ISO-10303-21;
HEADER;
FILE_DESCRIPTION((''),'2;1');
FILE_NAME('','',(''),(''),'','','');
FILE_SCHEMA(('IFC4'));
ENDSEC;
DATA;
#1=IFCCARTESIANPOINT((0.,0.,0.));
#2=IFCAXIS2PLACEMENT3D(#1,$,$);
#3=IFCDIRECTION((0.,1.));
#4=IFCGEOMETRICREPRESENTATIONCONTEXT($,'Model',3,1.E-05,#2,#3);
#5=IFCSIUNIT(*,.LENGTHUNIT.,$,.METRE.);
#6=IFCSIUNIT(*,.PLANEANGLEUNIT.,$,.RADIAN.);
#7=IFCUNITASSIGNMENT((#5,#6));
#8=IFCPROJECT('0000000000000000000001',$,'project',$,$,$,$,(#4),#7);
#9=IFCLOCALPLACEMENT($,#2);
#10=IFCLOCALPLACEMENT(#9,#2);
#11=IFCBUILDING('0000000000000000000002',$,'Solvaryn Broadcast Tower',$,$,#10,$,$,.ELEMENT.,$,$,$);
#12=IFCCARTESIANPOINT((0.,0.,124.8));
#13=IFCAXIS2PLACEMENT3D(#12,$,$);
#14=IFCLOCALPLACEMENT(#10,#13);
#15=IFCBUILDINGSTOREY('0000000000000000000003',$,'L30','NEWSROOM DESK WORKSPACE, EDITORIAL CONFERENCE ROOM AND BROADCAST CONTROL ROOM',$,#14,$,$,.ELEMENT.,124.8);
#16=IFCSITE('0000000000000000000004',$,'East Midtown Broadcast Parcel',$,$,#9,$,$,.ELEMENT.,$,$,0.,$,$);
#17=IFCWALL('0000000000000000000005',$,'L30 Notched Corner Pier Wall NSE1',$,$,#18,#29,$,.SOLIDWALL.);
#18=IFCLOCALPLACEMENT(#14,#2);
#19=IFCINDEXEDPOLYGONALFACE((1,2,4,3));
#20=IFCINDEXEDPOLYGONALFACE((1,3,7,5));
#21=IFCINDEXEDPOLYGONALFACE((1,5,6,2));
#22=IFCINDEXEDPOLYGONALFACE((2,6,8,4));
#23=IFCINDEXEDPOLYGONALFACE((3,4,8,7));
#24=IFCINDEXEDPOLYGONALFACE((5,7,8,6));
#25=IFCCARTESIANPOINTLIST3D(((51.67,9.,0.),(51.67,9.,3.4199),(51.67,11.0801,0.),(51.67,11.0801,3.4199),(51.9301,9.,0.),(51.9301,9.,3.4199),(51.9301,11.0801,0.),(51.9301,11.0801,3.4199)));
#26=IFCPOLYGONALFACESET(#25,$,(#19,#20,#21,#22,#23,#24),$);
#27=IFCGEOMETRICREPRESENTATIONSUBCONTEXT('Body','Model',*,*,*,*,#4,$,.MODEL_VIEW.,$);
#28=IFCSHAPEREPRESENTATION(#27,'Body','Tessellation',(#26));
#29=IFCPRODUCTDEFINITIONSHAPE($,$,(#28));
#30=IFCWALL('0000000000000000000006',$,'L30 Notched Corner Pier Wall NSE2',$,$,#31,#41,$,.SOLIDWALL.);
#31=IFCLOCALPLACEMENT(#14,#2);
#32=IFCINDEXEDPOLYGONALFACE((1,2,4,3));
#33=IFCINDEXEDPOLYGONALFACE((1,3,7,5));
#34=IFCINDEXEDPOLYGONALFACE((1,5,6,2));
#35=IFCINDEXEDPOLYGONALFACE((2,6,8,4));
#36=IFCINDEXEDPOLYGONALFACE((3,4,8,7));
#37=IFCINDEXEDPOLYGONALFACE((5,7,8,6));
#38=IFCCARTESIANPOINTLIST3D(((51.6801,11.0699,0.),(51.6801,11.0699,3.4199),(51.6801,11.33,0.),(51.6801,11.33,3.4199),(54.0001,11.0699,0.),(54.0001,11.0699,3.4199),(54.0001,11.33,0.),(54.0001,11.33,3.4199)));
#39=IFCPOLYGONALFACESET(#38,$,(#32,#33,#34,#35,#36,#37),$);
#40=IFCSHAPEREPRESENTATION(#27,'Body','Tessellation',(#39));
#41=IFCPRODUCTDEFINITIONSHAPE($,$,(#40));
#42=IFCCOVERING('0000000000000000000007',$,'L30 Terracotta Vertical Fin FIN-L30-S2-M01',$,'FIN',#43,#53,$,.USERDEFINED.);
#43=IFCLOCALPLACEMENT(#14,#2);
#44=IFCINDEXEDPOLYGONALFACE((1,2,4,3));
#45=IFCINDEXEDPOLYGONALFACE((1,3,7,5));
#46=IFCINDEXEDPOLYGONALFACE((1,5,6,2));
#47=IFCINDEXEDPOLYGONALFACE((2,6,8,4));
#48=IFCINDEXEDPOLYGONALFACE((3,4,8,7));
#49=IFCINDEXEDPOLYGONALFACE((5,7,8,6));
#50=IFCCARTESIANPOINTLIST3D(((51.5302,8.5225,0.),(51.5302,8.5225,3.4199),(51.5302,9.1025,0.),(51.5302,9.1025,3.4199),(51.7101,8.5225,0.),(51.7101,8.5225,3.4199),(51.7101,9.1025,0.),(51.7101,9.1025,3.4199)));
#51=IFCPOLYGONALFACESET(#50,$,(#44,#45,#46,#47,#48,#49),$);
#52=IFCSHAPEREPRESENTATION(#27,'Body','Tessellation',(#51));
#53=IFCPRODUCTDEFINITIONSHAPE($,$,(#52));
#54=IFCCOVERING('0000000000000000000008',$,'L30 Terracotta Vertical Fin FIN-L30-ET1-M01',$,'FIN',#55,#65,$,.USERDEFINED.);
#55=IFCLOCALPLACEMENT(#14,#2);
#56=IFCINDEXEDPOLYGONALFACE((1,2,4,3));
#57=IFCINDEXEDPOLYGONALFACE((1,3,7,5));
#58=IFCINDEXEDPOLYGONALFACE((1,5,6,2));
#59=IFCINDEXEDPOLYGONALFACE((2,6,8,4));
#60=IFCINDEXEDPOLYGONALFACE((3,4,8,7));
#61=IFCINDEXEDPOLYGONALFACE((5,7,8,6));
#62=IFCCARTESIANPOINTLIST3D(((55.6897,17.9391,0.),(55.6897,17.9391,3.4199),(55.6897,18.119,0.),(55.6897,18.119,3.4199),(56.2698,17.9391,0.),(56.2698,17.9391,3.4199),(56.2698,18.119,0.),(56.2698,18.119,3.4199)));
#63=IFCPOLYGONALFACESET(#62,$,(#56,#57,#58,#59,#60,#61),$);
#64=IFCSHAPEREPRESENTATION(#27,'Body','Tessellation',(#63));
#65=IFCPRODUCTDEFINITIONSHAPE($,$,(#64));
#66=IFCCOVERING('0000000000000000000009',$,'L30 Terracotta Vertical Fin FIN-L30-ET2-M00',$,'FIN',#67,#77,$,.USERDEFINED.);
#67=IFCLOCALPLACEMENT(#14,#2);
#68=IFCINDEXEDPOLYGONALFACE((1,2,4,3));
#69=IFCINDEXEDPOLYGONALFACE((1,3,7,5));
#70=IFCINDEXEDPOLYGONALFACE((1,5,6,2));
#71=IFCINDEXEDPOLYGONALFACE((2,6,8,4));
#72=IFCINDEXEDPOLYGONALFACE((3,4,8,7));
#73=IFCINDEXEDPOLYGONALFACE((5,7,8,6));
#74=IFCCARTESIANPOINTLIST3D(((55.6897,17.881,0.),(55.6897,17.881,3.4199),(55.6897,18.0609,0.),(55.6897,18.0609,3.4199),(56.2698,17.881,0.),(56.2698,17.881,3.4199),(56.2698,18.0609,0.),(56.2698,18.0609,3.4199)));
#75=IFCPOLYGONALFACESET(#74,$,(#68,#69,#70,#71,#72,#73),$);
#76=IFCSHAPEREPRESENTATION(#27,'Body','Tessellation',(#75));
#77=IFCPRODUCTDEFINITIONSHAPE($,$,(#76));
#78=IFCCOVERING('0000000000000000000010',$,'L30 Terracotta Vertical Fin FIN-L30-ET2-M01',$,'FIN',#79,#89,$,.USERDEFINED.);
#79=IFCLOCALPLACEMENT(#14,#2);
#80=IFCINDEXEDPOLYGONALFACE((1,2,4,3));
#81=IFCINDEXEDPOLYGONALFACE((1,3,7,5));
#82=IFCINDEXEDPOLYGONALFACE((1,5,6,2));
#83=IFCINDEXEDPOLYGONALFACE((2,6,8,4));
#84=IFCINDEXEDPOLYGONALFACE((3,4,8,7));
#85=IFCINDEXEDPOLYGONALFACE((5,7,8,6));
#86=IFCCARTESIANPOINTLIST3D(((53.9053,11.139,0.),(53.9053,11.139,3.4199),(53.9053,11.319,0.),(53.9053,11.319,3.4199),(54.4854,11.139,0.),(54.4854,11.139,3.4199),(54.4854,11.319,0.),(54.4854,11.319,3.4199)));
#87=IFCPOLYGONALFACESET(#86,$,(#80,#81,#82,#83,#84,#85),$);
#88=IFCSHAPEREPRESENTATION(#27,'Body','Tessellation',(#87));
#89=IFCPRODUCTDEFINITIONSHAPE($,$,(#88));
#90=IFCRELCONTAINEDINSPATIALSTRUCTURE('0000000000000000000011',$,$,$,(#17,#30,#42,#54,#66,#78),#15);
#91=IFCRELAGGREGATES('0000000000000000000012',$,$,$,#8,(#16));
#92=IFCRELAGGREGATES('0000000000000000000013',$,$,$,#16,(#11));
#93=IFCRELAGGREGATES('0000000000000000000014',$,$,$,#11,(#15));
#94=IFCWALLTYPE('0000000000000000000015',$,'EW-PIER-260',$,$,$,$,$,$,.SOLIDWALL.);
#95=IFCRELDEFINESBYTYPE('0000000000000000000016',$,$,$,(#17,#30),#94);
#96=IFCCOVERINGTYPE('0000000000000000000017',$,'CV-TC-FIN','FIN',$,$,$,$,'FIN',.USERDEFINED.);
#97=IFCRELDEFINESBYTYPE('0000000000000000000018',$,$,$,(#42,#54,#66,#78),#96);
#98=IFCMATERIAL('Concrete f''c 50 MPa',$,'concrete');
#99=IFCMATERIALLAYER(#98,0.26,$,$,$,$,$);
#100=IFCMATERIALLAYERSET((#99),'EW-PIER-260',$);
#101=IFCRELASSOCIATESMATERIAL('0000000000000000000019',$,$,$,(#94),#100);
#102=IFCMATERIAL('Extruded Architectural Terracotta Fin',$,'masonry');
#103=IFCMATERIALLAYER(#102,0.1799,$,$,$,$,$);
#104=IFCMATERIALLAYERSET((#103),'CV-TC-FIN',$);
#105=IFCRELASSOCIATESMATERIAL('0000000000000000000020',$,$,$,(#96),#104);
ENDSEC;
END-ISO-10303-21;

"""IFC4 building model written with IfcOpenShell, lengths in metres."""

from ifc_helpers import new_model, si_unit, direction, frame, frame_2d, origin, origin_2d, place, context, subcontext, project, spatial, rectangle, extrude, material, layer, layer_set, type_object, element, save


model = new_model("IFC4")

# Units and contexts
model_context = context("Model", 3, precision=1e-05, world=origin(), true_north=direction((0.0, 1.0)))
body_context = subcontext(model_context, "Body", "Model", "MODEL_VIEW")
ifc_project = project(units=[si_unit("LENGTHUNIT", "METRE"), si_unit("PLANEANGLEUNIT", "RADIAN")], contexts=[model_context])

# Site, building, storey
site_placement = place(None, origin())
site = spatial("IfcSite", under=ifc_project, at=site_placement, Name="East Midtown Broadcast Parcel", CompositionType="ELEMENT", RefElevation=0.0)
building_placement = place(site_placement, origin())
building = spatial("IfcBuilding", under=site, at=building_placement, Name="Solvaryn Broadcast Tower", CompositionType="ELEMENT")
storey_placement = place(building_placement, frame((0.0, 0.0, 124.8)))
storey = spatial("IfcBuildingStorey", under=building, at=storey_placement, Name="L30", Description="NEWSROOM DESK WORKSPACE, EDITORIAL CONFERENCE ROOM AND BROADCAST CONTROL ROOM", CompositionType="ELEMENT", Elevation=124.8)

# Walls
ifc_material_1 = material(Name="Concrete f'c 50 MPa", Category="concrete")
ifc_layer_1 = layer(ifc_material_1, 0.26)
ifc_layer_set_1 = layer_set([ifc_layer_1], Name="EW-PIER-260")
wall_type = type_object("IfcWallType", Name="EW-PIER-260", PredefinedType="SOLIDWALL", material=ifc_layer_set_1)
wall_1_placement = place(storey_placement, frame((51.8, 9.0, 0.0), z_axis=(0.0, 0.0, 1.0), x_axis=(0.0, 1.0, 0.0)))
element("IfcWall", 1, at=wall_1_placement, inside=storey, type_object=wall_type, Name="L30 Notched Corner Pier Wall NSE1", PredefinedType="SOLIDWALL", context=body_context, shape_type="SweptSolid", body=[
    extrude(rectangle(XDim=2.0801, YDim=0.26, at=frame_2d((1.04, 0.0))), origin(), (0.0, 0.0, 1.0), 3.4199),
])
wall_2_placement = place(storey_placement, frame((51.6799, 11.2, 0.0), z_axis=(0.0, 0.0, 1.0), x_axis=(1.0, 0.0, 0.0)))
element("IfcWall", 2, at=wall_2_placement, inside=storey, type_object=wall_type, Name="L30 Notched Corner Pier Wall NSE2", PredefinedType="SOLIDWALL", context=body_context, shape_type="SweptSolid", body=[
    extrude(rectangle(XDim=2.3201, YDim=0.26, at=frame_2d((1.1602, 0.0))), origin(), (0.0, 0.0, 1.0), 3.4199),
])

# Coverings
ifc_material_2 = material(Name="Extruded Architectural Terracotta Fin", Category="masonry")
ifc_layer_2 = layer(ifc_material_2, 0.1799)
ifc_layer_set_2 = layer_set([ifc_layer_2], Name="CV-TC-FIN")
covering_type = type_object("IfcCoveringType", Name="CV-TC-FIN", Description="FIN", ElementType="FIN", PredefinedType="USERDEFINED", material=ifc_layer_set_2)
covering_placement = place(storey_placement, frame((51.6201, 8.8125, 0.0), z_axis=(0.0, 0.0, 1.0), x_axis=(1.0, 0.0, 0.0)))
element("IfcCovering", 3, at=covering_placement, inside=storey, type_object=covering_type, Name="L30 Terracotta Vertical Fin FIN-L30-S2-M01", ObjectType="FIN", PredefinedType="USERDEFINED", context=body_context, shape_type="SweptSolid", body=[
    extrude(rectangle(XDim=0.1799, YDim=0.5801, at=origin_2d()), origin(), (0.0, 0.0, 1.0), 3.4199),
])
for number, where, z_axis, x_axis, name in (
    (4, (55.9797, 18.0291, 0.0), (0.0, 0.0, 1.0), (1.0, 0.0, 0.0), "L30 Terracotta Vertical Fin FIN-L30-ET1-M01"),
    (5, (55.9797, 17.9709, 0.0), (0.0, 0.0, 1.0), (1.0, 0.0, 0.0), "L30 Terracotta Vertical Fin FIN-L30-ET2-M00"),
    (6, (54.1953, 11.229, 0.0), (0.0, 0.0, 1.0), (1.0, 0.0, 0.0), "L30 Terracotta Vertical Fin FIN-L30-ET2-M01"),
):
    element("IfcCovering", number, at=place(storey_placement, frame(where, z_axis=z_axis, x_axis=x_axis)), inside=storey, type_object=covering_type, Name=name, ObjectType="FIN", PredefinedType="USERDEFINED", context=body_context, shape_type="SweptSolid", body=[
        extrude(rectangle(XDim=0.5801, YDim=0.1799, at=origin_2d()), origin(), (0.0, 0.0, 1.0), 3.4199),
    ])

save(model, "model.ifc")
